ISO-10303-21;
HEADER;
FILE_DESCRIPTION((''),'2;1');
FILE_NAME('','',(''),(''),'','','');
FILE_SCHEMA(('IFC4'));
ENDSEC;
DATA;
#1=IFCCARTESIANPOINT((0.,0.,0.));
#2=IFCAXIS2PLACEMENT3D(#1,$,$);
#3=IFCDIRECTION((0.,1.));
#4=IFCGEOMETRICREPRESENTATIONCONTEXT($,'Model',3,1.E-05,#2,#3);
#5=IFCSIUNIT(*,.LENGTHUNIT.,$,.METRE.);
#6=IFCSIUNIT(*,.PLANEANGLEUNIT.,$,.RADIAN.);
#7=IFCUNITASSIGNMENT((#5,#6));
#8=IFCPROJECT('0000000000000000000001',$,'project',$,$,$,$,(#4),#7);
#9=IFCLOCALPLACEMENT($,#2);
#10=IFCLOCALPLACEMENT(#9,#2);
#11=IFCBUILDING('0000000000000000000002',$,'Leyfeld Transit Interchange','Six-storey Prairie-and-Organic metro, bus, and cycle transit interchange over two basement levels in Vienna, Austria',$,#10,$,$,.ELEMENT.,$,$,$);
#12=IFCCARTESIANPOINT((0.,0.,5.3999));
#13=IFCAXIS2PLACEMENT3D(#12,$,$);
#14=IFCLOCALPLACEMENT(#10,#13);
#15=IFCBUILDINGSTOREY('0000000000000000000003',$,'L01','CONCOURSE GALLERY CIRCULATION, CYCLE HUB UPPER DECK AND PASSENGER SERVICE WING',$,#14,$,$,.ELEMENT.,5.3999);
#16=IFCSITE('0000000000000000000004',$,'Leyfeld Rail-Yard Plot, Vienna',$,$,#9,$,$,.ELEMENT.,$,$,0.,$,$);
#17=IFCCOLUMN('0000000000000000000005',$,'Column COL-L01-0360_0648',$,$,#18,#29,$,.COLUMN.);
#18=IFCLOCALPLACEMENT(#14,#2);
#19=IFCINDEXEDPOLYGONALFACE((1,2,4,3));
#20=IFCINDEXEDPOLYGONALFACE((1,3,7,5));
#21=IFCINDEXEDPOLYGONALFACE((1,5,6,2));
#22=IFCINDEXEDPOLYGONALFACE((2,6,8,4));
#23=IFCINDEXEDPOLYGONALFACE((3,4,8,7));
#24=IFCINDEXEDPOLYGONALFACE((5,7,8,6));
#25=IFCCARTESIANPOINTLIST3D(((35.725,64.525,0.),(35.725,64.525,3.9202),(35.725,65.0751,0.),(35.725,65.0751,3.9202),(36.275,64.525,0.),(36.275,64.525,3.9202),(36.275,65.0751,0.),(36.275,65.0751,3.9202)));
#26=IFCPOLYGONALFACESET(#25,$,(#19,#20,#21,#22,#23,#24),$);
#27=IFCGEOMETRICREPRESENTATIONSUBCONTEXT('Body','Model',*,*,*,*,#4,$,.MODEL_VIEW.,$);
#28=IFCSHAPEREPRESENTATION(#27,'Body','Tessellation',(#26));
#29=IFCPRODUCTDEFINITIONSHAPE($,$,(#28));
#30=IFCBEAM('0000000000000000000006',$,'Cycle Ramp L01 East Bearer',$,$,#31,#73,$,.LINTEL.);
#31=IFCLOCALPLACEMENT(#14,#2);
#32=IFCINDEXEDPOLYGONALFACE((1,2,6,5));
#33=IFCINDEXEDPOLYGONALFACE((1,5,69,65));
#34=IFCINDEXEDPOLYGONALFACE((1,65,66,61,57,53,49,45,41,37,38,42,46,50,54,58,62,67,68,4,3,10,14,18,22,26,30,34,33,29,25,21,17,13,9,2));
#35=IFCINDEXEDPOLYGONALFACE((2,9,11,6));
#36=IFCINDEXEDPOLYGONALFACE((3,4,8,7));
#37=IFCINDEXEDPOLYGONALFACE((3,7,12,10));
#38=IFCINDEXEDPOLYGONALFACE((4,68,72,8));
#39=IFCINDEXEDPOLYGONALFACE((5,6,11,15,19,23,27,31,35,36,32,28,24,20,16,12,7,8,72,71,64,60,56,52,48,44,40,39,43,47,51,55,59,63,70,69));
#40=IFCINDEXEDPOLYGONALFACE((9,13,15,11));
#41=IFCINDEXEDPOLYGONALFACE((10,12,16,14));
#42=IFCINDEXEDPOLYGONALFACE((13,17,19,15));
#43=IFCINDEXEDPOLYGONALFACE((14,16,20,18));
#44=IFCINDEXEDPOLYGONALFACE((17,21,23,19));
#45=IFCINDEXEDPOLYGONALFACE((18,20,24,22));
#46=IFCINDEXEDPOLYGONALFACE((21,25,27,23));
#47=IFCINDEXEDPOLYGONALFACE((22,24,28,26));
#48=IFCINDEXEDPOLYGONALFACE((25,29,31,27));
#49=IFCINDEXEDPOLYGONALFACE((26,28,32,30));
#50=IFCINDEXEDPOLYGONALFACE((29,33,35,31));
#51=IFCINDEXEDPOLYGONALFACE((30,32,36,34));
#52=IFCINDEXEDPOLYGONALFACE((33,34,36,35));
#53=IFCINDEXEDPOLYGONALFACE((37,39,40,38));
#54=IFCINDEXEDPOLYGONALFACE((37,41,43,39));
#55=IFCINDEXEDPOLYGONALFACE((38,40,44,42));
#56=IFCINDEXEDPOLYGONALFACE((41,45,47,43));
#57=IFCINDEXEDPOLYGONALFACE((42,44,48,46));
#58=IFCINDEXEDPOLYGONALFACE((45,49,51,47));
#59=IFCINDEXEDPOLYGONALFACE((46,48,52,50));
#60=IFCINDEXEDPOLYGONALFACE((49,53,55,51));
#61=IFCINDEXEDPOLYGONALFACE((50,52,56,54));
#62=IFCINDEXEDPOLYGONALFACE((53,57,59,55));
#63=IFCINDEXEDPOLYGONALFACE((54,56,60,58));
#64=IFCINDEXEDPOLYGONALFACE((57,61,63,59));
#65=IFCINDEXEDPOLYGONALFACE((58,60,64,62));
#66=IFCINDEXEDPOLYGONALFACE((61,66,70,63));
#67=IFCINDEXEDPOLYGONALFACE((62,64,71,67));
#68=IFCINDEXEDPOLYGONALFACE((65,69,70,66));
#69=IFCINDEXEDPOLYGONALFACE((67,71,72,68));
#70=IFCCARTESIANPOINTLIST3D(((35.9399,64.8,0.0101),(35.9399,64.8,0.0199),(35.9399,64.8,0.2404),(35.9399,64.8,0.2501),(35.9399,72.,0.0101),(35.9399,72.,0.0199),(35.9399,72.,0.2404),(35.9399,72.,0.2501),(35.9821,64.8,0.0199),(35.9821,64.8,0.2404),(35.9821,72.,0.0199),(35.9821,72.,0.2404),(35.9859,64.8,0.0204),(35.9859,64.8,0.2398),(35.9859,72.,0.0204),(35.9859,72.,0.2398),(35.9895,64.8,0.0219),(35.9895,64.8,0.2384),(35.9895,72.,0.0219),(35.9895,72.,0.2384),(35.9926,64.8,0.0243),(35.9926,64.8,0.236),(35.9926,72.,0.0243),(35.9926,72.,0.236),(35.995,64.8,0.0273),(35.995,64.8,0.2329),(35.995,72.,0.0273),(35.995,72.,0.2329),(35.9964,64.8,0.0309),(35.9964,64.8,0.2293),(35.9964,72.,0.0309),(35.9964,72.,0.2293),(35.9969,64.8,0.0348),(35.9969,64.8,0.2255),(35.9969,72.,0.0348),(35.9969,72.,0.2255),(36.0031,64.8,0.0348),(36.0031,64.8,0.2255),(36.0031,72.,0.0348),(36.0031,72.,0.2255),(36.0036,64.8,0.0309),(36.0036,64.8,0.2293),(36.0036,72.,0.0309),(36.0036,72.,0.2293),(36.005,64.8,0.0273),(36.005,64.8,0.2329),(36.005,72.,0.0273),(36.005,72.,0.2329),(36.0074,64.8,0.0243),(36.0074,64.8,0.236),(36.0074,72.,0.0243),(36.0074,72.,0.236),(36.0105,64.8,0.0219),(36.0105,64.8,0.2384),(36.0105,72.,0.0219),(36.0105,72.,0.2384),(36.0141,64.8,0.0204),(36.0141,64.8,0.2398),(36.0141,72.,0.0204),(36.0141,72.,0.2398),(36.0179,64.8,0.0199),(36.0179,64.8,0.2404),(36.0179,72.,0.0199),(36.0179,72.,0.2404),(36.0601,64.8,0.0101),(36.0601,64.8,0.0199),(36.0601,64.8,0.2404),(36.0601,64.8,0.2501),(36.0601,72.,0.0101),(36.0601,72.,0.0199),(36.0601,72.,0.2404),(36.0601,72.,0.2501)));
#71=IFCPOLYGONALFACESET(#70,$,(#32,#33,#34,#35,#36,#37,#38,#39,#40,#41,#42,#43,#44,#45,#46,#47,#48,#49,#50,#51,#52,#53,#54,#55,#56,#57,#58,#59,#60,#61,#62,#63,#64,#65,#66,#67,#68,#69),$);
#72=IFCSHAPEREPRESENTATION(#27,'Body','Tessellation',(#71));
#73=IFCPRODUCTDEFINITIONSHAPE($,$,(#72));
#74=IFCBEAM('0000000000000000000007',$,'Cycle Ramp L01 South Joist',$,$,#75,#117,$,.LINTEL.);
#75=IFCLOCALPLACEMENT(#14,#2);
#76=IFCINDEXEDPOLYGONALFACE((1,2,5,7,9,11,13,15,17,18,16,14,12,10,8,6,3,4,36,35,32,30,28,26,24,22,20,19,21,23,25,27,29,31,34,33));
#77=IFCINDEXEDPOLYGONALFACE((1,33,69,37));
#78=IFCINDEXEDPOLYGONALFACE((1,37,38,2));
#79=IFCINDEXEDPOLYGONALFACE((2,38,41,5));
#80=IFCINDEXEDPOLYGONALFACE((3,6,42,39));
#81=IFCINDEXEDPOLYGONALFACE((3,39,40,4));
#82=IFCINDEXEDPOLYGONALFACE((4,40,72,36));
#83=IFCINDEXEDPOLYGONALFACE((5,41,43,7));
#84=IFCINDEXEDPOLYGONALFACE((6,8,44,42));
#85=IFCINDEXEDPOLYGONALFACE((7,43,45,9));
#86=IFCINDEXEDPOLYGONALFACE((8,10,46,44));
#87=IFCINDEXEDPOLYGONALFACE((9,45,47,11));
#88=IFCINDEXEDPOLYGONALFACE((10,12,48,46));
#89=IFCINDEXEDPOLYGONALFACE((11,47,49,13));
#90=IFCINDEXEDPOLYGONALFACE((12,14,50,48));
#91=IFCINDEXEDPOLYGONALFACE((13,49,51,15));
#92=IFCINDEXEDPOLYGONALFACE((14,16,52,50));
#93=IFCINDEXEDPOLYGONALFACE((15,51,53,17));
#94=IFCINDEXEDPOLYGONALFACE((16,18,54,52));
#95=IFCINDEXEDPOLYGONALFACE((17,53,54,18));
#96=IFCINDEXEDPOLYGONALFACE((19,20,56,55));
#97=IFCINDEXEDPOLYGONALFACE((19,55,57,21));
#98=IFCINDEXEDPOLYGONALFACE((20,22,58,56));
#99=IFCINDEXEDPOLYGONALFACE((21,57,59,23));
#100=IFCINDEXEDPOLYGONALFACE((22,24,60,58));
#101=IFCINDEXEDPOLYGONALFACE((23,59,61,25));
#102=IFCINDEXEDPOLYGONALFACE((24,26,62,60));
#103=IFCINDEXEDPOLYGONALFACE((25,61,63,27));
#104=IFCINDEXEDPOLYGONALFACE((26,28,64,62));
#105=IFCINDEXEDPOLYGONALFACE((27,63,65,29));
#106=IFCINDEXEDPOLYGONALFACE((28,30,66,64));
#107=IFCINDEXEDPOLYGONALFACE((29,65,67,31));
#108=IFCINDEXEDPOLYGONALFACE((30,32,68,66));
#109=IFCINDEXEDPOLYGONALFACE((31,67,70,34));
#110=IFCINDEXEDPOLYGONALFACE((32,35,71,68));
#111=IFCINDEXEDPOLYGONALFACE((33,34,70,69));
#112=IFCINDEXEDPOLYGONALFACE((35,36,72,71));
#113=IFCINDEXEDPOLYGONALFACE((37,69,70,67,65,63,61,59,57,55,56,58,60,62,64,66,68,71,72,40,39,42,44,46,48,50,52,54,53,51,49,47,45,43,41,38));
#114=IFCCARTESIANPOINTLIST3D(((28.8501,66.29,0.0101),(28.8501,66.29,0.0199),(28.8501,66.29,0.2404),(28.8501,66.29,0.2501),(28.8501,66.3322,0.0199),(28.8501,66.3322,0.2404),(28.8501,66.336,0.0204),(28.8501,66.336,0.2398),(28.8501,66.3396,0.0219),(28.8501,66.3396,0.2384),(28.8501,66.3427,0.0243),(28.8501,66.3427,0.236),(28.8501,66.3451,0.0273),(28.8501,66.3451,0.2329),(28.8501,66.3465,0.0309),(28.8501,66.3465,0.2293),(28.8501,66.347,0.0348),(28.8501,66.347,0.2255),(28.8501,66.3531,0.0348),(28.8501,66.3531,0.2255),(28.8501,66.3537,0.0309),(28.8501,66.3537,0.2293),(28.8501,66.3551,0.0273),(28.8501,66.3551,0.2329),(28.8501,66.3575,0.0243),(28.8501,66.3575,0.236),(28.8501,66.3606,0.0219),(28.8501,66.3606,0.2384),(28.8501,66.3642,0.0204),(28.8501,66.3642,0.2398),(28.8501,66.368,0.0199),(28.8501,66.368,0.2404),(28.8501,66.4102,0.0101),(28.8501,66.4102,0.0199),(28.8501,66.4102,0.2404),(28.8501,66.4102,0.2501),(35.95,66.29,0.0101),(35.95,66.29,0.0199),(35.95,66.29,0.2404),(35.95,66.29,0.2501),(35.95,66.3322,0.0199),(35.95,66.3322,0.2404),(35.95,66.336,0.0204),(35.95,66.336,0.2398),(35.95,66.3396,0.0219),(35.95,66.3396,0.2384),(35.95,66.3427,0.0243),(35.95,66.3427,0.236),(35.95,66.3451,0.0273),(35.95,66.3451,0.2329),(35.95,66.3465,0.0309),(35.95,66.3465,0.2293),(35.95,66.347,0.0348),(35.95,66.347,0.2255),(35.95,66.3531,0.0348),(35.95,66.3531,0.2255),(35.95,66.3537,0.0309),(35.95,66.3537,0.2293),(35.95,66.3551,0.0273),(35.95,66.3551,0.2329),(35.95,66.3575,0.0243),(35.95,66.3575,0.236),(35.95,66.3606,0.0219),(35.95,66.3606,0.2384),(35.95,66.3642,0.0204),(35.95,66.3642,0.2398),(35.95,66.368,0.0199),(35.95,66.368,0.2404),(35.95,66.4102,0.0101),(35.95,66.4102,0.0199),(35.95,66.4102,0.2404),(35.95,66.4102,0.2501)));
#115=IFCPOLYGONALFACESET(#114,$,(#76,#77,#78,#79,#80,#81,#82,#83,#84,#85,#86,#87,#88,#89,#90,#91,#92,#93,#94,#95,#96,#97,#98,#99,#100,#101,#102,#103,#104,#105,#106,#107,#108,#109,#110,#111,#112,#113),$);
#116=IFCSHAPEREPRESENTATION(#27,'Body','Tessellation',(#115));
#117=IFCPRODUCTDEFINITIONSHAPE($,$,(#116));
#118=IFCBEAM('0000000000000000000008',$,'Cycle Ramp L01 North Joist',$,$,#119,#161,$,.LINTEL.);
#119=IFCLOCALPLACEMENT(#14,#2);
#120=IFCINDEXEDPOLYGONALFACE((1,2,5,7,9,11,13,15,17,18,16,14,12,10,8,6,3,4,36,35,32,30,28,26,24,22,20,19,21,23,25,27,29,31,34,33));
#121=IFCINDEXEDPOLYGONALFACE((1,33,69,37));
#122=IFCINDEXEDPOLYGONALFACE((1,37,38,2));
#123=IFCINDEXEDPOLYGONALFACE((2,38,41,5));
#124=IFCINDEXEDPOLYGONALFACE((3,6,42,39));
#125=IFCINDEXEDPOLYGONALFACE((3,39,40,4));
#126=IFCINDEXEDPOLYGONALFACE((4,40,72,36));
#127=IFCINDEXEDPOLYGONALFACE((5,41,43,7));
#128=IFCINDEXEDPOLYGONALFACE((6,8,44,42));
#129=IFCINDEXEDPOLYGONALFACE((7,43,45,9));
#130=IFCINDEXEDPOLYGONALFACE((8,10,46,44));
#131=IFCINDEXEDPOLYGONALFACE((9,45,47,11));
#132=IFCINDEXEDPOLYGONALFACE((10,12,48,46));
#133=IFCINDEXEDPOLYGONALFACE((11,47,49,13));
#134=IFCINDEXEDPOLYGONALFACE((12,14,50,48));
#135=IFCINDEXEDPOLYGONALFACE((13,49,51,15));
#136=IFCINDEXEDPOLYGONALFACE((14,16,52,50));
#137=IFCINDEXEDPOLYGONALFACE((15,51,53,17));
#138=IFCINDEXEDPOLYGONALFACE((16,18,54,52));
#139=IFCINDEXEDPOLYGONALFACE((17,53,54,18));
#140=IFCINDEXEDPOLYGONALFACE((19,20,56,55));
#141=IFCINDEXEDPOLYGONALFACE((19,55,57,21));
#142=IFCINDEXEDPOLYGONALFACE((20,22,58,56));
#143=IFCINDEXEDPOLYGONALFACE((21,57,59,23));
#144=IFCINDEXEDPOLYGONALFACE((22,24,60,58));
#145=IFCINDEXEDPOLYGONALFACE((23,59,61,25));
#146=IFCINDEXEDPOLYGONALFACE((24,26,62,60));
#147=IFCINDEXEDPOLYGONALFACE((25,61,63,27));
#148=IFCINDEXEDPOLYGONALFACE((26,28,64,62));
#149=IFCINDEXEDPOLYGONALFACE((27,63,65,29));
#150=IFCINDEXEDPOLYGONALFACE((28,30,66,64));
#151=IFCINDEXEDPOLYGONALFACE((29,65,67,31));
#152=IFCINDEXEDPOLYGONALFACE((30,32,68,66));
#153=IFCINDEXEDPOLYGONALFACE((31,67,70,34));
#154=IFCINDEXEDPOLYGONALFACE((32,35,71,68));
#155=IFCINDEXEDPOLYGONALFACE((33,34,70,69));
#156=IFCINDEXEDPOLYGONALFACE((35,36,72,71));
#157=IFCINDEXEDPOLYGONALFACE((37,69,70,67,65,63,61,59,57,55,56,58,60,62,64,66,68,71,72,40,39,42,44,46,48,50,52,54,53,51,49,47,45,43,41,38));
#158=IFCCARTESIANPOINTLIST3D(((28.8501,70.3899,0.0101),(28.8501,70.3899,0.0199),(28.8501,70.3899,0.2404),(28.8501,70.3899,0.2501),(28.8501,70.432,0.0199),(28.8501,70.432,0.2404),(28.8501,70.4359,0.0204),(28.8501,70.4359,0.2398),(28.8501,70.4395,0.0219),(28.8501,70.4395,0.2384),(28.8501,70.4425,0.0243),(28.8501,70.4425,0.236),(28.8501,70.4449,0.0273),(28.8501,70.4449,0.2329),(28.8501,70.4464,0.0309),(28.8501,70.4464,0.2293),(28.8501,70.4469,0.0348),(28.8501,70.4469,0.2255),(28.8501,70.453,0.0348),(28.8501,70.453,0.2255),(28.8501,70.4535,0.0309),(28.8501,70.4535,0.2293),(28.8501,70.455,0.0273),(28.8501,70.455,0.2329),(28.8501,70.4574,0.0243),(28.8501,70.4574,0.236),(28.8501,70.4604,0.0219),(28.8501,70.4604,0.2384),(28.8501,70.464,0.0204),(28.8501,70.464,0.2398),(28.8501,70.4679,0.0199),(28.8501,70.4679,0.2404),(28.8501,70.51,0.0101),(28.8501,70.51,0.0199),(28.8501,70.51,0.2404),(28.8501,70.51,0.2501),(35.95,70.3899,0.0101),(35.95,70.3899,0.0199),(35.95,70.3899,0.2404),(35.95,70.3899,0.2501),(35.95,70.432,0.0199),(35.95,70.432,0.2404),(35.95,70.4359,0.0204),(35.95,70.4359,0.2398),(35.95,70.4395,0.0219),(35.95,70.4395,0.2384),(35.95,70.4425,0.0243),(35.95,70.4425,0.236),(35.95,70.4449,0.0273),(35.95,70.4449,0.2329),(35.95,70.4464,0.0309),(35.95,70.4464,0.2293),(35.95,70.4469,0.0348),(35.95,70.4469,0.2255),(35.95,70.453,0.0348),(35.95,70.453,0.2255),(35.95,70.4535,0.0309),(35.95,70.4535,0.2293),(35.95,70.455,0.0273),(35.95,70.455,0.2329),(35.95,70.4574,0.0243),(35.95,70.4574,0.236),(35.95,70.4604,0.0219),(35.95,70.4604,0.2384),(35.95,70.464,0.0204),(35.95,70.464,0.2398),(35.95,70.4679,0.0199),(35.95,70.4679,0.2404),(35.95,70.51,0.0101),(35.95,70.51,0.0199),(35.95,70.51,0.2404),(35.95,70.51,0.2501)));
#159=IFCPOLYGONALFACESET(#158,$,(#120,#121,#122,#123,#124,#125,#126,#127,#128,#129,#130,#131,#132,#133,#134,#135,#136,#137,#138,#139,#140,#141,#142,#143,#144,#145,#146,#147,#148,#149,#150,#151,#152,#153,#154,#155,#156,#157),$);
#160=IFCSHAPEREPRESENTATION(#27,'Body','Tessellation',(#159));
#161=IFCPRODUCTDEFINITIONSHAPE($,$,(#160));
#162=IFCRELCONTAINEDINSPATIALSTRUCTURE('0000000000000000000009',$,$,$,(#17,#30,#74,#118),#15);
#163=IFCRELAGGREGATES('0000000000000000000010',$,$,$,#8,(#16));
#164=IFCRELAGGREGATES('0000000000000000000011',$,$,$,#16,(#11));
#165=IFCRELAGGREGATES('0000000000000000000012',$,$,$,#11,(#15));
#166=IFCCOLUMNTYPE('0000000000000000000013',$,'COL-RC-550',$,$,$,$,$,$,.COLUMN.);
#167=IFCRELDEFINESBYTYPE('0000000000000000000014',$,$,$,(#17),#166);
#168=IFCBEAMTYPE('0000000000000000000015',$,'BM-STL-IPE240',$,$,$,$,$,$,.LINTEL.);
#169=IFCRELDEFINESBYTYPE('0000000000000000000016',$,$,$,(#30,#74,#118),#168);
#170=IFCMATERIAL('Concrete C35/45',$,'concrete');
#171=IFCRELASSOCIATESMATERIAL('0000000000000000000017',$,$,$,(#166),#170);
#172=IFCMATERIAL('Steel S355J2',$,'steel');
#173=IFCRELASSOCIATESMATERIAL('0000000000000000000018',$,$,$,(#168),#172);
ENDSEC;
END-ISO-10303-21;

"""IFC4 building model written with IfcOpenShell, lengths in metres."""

from ifc_helpers import new_model, si_unit, direction, frame, origin, origin_2d, place, context, subcontext, project, spatial, rectangle, i_section, extrude, material, material_profile, profile_set, type_object, element, save


model = new_model("IFC4")

# Units and contexts
model_context = context("Model", 3, precision=1e-05, world=origin(), true_north=direction((0.0, 1.0)))
body_context = subcontext(model_context, "Body", "Model", "MODEL_VIEW")
ifc_project = project(units=[si_unit("LENGTHUNIT", "METRE"), si_unit("PLANEANGLEUNIT", "RADIAN")], contexts=[model_context])

# Site, building, storey
site_placement = place(None, origin())
site = spatial("IfcSite", under=ifc_project, at=site_placement, Name="Leyfeld Rail-Yard Plot, Vienna", CompositionType="ELEMENT", RefElevation=0.0)
building_placement = place(site_placement, origin())
building = spatial("IfcBuilding", under=site, at=building_placement, Name="Leyfeld Transit Interchange", Description="Six-storey Prairie-and-Organic metro, bus, and cycle transit interchange over two basement levels in Vienna, Austria", CompositionType="ELEMENT")
storey_placement = place(building_placement, frame((0.0, 0.0, 5.3999)))
storey = spatial("IfcBuildingStorey", under=building, at=storey_placement, Name="L01", Description="CONCOURSE GALLERY CIRCULATION, CYCLE HUB UPPER DECK AND PASSENGER SERVICE WING", CompositionType="ELEMENT", Elevation=5.3999)

# Column
ifc_material_1 = material(Name="Concrete C35/45", Category="concrete")
ifc_material_profile_1 = material_profile(ifc_material_1, rectangle(XDim=0.55, YDim=0.55, at=origin_2d()), Name="RC 550x550")
ifc_profile_set_1 = profile_set([ifc_material_profile_1], Name="Concrete C35/45")
column_type = type_object("IfcColumnType", Name="COL-RC-550", PredefinedType="COLUMN", material=ifc_profile_set_1)
column_placement = place(storey_placement, frame((36.0, 64.8, 0.0), z_axis=(0.0, 0.0, 1.0), x_axis=(1.0, 0.0, 0.0)))
element("IfcColumn", 1, at=column_placement, inside=storey, type_object=column_type, Name="Column COL-L01-0360_0648", PredefinedType="COLUMN", context=body_context, shape_type="SweptSolid", body=[
    extrude(rectangle(XDim=0.55, YDim=0.55, at=origin_2d()), origin(), (0.0, 0.0, 1.0), 3.9202),
])

# Beams
ifc_material_2 = material(Name="Steel S355J2", Category="steel")
ifc_material_profile_2 = material_profile(ifc_material_2, i_section(OverallWidth=0.1201, OverallDepth=0.24, WebThickness=0.0061, FlangeThickness=0.0098, FilletRadius=0.0149, at=origin_2d()), Name="IPE 240")
ifc_profile_set_2 = profile_set([ifc_material_profile_2], Name="Steel S355J2")
beam_type_1 = type_object("IfcBeamType", Name="BM-STL-IPE240", PredefinedType="LINTEL", material=ifc_profile_set_2)
beam_1_placement = place(storey_placement, frame((36.0, 64.8, 0.1301), z_axis=(0.0, 1.0, 0.0), x_axis=(-1.0, 0.0, 0.0)))
element("IfcBeam", 2, at=beam_1_placement, inside=storey, type_object=beam_type_1, Name="Cycle Ramp L01 East Bearer", PredefinedType="LINTEL", context=body_context, shape_type="SweptSolid", body=[
    extrude(i_section(OverallWidth=0.1201, OverallDepth=0.24, WebThickness=0.0061, FlangeThickness=0.0098, FilletRadius=0.0149, at=origin_2d()), origin(), (0.0, 0.0, 1.0), 7.2),
])
for number, where, z_axis, x_axis, name in (
    (3, (28.8501, 66.3501, 0.1301), (1.0, 0.0, 0.0), (0.0, 1.0, 0.0), "Cycle Ramp L01 South Joist"),
    (4, (28.8501, 70.45, 0.1301), (1.0, 0.0, 0.0), (0.0, 1.0, 0.0), "Cycle Ramp L01 North Joist"),
):
    element("IfcBeam", number, at=place(storey_placement, frame(where, z_axis=z_axis, x_axis=x_axis)), inside=storey, type_object=beam_type_1, Name=name, PredefinedType="LINTEL", context=body_context, shape_type="SweptSolid", body=[
        extrude(i_section(OverallWidth=0.1201, OverallDepth=0.24, WebThickness=0.0061, FlangeThickness=0.0098, FilletRadius=0.0149, at=origin_2d()), origin(), (0.0, 0.0, 1.0), 7.0999),
    ])

save(model, "model.ifc")
